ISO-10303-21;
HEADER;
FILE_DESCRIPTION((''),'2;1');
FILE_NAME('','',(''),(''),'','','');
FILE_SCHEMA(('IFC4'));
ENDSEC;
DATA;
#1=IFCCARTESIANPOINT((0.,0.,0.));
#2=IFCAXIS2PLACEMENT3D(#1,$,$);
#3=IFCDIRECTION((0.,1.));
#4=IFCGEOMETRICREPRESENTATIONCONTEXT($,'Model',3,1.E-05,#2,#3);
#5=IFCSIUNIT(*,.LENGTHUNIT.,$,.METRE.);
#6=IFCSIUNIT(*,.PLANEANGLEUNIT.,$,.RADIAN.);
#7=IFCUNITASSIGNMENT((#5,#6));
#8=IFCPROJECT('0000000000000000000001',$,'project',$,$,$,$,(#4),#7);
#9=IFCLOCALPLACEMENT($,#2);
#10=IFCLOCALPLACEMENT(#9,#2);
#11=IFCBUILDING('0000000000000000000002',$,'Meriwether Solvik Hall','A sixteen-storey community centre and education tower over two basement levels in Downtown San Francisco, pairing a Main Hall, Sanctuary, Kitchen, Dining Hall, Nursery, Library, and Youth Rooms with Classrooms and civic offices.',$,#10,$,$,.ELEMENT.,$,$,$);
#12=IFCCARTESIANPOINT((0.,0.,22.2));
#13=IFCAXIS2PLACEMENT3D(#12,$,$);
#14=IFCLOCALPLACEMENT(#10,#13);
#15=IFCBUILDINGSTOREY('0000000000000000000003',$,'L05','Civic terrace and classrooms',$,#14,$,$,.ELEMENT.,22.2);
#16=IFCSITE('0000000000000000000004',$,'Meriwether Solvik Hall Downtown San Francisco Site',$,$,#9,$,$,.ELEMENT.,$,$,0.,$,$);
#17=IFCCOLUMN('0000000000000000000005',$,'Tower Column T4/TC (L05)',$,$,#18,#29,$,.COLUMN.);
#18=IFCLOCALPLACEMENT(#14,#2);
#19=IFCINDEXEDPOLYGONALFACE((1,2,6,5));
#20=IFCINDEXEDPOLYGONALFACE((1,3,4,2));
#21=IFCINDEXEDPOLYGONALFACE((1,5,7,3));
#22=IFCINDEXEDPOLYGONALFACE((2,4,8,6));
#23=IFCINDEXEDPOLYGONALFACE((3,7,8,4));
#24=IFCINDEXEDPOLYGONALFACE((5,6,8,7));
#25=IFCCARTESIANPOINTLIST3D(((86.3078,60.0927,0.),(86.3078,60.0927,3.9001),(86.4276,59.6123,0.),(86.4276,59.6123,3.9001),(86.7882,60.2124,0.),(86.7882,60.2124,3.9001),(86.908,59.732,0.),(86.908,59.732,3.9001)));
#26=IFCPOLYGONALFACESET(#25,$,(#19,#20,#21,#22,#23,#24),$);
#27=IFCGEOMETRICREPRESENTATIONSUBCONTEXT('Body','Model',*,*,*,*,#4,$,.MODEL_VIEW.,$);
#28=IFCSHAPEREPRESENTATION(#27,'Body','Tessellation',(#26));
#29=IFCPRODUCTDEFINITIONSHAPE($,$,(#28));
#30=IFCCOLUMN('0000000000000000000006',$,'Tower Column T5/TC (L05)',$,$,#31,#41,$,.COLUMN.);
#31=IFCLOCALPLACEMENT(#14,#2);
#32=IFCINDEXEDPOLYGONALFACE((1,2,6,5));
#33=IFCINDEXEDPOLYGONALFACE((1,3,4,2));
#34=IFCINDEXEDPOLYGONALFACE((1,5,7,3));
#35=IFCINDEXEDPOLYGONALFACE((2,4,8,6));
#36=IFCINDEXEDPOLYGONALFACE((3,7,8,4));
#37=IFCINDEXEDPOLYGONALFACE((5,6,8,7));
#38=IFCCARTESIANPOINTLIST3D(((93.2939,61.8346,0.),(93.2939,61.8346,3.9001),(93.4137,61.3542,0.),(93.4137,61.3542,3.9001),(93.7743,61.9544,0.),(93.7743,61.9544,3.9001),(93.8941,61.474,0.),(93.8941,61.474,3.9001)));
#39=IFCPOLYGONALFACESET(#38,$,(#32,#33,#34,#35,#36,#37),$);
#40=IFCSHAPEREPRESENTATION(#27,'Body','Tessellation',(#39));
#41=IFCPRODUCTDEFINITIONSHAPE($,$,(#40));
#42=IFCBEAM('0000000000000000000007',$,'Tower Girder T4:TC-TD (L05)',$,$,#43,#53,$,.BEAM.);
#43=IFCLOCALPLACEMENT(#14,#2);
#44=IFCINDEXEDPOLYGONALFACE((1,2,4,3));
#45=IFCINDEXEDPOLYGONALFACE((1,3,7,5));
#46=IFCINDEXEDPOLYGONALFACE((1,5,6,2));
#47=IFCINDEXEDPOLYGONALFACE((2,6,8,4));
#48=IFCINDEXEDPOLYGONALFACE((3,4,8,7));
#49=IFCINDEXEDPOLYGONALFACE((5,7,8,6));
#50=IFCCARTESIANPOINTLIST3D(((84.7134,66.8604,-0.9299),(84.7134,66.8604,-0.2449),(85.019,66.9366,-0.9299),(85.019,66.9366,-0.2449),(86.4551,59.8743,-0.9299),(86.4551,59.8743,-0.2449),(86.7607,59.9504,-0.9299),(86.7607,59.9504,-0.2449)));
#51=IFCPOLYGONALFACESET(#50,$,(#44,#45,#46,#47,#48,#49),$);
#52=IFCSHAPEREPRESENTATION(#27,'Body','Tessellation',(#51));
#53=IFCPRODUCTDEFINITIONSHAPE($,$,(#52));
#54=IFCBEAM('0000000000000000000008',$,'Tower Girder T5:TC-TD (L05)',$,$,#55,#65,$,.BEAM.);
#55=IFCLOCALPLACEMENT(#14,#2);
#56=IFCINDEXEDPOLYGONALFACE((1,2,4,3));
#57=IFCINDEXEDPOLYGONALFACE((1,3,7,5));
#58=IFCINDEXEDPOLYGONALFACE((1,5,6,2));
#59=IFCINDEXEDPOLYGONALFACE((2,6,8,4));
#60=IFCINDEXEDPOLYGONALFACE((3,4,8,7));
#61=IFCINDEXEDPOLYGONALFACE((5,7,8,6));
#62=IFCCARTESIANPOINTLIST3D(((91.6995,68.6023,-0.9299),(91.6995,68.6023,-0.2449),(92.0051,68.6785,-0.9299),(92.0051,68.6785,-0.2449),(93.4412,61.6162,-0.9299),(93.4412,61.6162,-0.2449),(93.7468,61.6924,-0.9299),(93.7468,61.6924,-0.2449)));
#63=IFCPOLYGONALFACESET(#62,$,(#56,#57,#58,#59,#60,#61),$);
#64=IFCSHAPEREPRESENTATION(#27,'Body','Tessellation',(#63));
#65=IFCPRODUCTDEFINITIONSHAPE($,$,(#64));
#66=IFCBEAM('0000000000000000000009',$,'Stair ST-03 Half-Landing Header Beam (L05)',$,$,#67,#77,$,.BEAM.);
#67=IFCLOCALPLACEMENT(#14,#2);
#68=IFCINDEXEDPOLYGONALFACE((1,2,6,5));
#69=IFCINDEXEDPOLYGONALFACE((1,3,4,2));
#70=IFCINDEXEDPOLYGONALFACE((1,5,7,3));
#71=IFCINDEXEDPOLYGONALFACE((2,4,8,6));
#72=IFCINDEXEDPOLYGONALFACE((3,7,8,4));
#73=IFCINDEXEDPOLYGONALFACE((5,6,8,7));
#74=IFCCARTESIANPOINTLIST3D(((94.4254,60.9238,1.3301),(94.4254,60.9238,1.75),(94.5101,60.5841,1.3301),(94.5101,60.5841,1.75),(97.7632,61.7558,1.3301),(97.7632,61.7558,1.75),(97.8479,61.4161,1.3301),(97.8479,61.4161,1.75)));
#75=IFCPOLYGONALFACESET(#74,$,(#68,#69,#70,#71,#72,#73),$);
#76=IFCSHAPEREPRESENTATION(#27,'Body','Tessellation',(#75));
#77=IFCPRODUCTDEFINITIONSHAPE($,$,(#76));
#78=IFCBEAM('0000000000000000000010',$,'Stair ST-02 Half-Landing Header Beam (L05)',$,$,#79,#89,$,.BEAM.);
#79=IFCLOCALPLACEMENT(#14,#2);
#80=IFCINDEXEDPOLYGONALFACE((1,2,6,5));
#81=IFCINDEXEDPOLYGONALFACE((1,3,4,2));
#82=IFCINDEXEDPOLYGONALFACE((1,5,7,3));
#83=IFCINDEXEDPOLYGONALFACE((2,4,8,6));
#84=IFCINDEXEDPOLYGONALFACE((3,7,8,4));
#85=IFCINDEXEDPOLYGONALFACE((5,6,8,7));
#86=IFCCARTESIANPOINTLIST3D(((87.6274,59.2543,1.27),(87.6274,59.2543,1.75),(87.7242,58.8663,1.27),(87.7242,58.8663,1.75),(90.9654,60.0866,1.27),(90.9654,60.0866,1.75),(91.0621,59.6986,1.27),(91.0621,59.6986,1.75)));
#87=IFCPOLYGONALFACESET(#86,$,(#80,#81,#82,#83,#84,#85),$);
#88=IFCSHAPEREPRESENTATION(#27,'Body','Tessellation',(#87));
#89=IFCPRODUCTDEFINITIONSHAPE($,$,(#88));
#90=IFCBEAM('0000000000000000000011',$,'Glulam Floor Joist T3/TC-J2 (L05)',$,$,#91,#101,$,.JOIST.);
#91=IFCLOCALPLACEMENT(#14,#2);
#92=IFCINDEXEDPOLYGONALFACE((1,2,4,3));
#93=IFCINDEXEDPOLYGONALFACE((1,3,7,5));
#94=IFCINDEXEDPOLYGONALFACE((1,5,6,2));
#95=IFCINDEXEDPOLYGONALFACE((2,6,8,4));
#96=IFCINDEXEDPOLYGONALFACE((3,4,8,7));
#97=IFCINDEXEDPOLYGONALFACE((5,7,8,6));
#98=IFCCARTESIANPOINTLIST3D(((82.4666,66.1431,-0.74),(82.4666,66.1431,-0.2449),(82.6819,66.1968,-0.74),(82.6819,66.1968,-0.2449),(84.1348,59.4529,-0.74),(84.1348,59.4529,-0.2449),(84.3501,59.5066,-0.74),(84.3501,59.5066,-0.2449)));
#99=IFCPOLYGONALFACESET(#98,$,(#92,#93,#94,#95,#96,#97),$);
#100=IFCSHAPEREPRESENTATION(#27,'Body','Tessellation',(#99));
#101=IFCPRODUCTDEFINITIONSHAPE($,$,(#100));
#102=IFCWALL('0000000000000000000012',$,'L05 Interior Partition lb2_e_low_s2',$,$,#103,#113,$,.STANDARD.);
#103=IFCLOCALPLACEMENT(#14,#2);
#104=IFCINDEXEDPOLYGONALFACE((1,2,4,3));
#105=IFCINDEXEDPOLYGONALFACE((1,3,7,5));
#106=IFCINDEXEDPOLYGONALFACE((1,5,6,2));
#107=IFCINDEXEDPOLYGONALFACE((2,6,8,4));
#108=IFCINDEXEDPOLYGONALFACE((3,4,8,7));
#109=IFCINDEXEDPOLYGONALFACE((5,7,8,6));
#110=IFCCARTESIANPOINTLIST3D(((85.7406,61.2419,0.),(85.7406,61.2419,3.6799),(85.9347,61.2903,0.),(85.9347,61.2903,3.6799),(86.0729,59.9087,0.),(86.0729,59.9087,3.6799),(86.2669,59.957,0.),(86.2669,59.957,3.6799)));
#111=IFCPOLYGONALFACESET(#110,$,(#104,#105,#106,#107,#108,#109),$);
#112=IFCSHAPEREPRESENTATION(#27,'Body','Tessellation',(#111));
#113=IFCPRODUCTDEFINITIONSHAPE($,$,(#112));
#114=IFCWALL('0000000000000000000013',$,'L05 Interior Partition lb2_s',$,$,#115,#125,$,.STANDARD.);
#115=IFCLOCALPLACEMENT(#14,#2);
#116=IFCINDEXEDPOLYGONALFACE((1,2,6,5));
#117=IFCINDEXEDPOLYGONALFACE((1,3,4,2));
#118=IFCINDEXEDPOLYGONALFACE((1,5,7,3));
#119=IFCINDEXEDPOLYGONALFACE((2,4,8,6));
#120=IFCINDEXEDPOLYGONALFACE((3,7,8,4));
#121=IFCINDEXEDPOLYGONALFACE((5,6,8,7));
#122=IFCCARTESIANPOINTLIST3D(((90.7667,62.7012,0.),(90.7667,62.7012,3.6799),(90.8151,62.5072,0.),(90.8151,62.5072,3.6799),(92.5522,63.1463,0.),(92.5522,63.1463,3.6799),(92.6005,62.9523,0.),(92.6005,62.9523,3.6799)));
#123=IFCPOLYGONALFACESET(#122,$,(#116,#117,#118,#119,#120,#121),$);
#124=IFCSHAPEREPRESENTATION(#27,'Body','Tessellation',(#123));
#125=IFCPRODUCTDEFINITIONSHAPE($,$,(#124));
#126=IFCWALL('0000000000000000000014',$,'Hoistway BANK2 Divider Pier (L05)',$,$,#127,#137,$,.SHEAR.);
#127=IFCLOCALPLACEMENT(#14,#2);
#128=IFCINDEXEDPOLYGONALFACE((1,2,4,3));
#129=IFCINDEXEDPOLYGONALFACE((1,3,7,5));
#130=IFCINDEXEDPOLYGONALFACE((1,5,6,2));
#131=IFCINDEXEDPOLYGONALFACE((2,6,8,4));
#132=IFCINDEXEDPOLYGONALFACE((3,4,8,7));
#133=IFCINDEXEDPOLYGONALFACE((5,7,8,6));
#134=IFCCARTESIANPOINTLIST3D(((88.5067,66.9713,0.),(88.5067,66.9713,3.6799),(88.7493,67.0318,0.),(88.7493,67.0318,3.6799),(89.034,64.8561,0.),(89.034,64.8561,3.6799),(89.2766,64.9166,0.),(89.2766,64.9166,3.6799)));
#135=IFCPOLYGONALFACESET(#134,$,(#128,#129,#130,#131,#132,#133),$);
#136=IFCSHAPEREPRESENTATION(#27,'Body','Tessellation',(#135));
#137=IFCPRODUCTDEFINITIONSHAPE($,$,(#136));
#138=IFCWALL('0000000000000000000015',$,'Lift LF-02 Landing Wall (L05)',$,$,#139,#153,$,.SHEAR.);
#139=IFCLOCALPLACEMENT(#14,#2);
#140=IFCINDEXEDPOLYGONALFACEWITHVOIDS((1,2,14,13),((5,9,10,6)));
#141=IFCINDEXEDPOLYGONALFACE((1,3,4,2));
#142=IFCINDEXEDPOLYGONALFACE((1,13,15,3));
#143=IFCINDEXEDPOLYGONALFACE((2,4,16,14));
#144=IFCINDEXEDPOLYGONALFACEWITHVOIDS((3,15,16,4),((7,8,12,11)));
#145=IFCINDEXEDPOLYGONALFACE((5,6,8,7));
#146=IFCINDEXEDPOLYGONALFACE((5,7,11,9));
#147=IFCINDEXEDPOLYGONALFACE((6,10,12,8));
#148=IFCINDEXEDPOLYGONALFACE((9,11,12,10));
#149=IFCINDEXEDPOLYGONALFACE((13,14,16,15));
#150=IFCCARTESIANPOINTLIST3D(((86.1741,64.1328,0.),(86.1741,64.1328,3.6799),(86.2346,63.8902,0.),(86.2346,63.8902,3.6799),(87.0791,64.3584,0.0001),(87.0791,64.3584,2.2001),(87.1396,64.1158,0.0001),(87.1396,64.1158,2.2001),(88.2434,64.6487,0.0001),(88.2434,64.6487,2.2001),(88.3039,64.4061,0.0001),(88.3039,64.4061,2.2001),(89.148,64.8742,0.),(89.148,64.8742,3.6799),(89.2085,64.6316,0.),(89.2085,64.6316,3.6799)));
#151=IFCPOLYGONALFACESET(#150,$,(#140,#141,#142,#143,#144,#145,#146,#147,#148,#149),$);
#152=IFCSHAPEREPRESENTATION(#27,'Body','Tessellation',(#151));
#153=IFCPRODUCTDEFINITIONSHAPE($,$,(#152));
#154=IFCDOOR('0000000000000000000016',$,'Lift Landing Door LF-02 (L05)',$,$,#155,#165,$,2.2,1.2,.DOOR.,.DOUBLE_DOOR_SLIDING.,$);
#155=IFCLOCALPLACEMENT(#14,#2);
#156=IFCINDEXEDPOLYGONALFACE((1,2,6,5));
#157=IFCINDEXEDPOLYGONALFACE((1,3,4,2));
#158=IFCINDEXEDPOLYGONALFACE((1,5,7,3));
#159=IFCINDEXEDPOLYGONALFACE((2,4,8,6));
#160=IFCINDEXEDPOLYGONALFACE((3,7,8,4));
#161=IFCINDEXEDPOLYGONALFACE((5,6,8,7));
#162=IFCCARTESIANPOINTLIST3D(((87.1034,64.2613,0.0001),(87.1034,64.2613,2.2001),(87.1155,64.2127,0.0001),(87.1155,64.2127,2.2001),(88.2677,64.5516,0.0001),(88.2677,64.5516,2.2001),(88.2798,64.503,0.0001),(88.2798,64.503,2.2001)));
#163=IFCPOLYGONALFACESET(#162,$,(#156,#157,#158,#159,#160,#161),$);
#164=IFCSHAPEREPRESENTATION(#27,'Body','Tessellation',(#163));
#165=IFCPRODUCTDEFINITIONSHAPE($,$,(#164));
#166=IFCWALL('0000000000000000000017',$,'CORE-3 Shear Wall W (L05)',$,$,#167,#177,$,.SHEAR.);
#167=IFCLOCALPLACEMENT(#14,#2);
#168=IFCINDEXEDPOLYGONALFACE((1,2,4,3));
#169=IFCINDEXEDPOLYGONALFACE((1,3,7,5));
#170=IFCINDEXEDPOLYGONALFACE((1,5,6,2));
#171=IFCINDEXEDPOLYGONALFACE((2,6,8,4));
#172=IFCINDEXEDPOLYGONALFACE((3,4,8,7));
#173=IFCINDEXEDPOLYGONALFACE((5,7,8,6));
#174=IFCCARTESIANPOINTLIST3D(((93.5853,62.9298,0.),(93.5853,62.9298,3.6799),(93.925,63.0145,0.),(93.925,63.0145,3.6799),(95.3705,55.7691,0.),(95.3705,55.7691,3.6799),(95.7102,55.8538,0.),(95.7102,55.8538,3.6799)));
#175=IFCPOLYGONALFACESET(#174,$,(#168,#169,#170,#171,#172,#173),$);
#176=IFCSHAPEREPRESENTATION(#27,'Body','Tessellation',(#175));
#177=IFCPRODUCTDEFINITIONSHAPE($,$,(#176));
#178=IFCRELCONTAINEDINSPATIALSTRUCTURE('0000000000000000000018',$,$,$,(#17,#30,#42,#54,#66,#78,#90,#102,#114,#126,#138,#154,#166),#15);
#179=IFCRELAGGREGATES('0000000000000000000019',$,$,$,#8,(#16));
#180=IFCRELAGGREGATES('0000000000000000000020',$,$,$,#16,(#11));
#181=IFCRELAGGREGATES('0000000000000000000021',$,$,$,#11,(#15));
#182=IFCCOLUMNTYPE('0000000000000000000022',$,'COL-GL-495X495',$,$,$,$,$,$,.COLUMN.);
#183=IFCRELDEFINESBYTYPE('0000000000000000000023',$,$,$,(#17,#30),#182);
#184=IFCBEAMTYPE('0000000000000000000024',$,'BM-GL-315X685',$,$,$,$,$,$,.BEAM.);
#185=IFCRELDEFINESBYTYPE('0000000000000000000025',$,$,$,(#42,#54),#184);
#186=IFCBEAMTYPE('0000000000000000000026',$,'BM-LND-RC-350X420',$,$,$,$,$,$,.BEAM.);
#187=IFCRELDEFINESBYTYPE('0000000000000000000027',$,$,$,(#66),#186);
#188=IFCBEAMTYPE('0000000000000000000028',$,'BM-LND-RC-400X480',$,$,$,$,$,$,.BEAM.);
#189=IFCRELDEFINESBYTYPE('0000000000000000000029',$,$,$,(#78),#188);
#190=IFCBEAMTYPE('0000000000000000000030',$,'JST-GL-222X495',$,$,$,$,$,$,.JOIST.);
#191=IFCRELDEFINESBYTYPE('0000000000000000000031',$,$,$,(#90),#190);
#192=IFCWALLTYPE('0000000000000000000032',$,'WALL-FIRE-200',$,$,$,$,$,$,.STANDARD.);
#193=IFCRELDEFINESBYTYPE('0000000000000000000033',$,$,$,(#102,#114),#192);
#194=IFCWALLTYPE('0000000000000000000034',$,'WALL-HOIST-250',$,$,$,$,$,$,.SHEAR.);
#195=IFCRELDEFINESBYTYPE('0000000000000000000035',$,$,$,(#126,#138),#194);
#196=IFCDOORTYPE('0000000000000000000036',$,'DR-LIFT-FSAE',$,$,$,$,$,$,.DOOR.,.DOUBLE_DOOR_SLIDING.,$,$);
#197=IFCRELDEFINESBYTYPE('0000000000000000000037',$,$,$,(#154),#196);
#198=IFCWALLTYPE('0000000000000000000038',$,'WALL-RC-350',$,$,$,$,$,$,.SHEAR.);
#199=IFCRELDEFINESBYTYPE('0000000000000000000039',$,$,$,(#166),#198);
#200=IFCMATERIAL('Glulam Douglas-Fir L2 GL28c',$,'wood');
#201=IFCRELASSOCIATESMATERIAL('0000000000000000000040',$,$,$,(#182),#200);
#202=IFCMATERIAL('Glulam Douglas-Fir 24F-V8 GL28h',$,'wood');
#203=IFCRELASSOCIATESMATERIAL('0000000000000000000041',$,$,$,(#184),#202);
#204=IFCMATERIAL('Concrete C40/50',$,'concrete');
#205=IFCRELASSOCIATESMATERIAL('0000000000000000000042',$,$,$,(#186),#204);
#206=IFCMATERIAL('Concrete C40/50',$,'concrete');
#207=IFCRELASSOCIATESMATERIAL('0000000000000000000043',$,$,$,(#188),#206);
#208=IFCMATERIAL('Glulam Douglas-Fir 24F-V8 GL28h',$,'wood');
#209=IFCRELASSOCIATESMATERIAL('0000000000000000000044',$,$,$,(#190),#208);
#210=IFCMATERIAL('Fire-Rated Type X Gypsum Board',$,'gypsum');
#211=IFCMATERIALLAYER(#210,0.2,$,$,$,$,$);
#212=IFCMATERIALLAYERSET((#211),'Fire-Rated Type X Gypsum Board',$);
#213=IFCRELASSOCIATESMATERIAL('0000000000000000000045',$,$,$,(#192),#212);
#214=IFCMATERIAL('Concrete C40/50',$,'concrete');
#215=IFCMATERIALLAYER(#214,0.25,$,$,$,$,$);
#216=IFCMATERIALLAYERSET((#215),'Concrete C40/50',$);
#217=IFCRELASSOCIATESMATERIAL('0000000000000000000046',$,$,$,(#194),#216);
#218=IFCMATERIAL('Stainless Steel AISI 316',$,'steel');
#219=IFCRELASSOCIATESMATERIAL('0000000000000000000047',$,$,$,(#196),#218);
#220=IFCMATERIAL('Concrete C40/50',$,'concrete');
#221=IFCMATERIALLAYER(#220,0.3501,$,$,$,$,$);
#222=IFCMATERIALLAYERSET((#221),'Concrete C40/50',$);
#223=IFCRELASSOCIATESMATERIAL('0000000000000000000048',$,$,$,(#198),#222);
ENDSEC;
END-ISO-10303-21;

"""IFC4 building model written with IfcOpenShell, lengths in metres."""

from ifc_helpers import new_model, si_unit, direction, frame, frame_2d, origin, origin_2d, place, context, subcontext, project, spatial, rectangle, extrude, material, layer, layer_set, material_profile, profile_set, type_object, element, fill, save


model = new_model("IFC4")

# Units and contexts
model_context = context("Model", 3, precision=1e-05, world=origin(), true_north=direction((0.0, 1.0)))
body_context = subcontext(model_context, "Body", "Model", "MODEL_VIEW")
ifc_project = project(units=[si_unit("LENGTHUNIT", "METRE"), si_unit("PLANEANGLEUNIT", "RADIAN")], contexts=[model_context])

# Site, building, storey
site_placement = place(None, origin())
site = spatial("IfcSite", under=ifc_project, at=site_placement, Name="Meriwether Solvik Hall Downtown San Francisco Site", CompositionType="ELEMENT", RefElevation=0.0)
building_placement = place(site_placement, origin())
building = spatial("IfcBuilding", under=site, at=building_placement, Name="Meriwether Solvik Hall", Description="A sixteen-storey community centre and education tower over two basement levels in Downtown San Francisco, pairing a Main Hall, Sanctuary, Kitchen, Dining Hall, Nursery, Library, and Youth Rooms with Classrooms and civic offices.", CompositionType="ELEMENT")
storey_placement = place(building_placement, frame((0.0, 0.0, 22.2)))
storey = spatial("IfcBuildingStorey", under=building, at=storey_placement, Name="L05", Description="Civic terrace and classrooms", CompositionType="ELEMENT", Elevation=22.2)

# Columns
ifc_material_1 = material(Name="Glulam Douglas-Fir L2 GL28c", Category="wood")
ifc_material_profile_1 = material_profile(ifc_material_1, rectangle(XDim=0.4951, YDim=0.4951, at=origin_2d()), Name="GLC-495X495")
ifc_profile_set_1 = profile_set([ifc_material_profile_1], Name="Glulam Douglas-Fir L2 GL28c")
column_type = type_object("IfcColumnType", Name="COL-GL-495X495", PredefinedType="COLUMN", material=ifc_profile_set_1)
for number, where, z_axis, x_axis, name in (
    (1, (86.6079, 59.9124, 0.0), (0.0, 0.0, 1.0), (0.970296, 0.241922, 0.0), "Tower Column T4/TC (L05)"),
    (2, (93.594, 61.6543, 0.0), (0.0, 0.0, 1.0), (0.970296, 0.241922, 0.0), "Tower Column T5/TC (L05)"),
):
    element("IfcColumn", number, at=place(storey_placement, frame(where, z_axis=z_axis, x_axis=x_axis)), inside=storey, type_object=column_type, Name=name, PredefinedType="COLUMN", context=body_context, shape_type="SweptSolid", body=[
        extrude(rectangle(XDim=0.4951, YDim=0.4951, at=origin_2d()), origin(), (0.0, 0.0, 1.0), 3.9001),
    ])

# Beams
ifc_material_2 = material(Name="Glulam Douglas-Fir 24F-V8 GL28h", Category="wood")
ifc_material_profile_2 = material_profile(ifc_material_2, rectangle(XDim=0.3149, YDim=0.6851, at=origin_2d()), Name="GLB-315X685")
ifc_profile_set_2 = profile_set([ifc_material_profile_2], Name="Glulam Douglas-Fir 24F-V8 GL28h")
beam_type_1 = type_object("IfcBeamType", Name="BM-GL-315X685", PredefinedType="BEAM", material=ifc_profile_set_2)
for number, where, z_axis, x_axis, name in (
    (3, (86.6079, 59.9124, -0.5874), (-0.241905, 0.9703, 0.0), (-0.9703, -0.241905, 0.0), "Tower Girder T4:TC-TD (L05)"),
    (4, (93.594, 61.6543, -0.5874), (-0.241905, 0.9703, 0.0), (-0.9703, -0.241905, 0.0), "Tower Girder T5:TC-TD (L05)"),
):
    element("IfcBeam", number, at=place(storey_placement, frame(where, z_axis=z_axis, x_axis=x_axis)), inside=storey, type_object=beam_type_1, Name=name, PredefinedType="BEAM", context=body_context, shape_type="SweptSolid", body=[
        extrude(rectangle(XDim=0.3149, YDim=0.6851, at=origin_2d()), origin(), (0.0, 0.0, 1.0), 7.2),
    ])
ifc_material_3 = material(Name="Concrete C40/50", Category="concrete")
ifc_material_profile_3 = material_profile(ifc_material_3, rectangle(XDim=0.3501, YDim=0.4199, at=origin_2d()), Name="RCB-350X420")
ifc_profile_set_3 = profile_set([ifc_material_profile_3], Name="Concrete C40/50")
beam_type_2 = type_object("IfcBeamType", Name="BM-LND-RC-350X420", PredefinedType="BEAM", material=ifc_profile_set_3)
beam_1_placement = place(storey_placement, frame((94.4678, 60.7539, 1.54), z_axis=(0.970309, 0.241868, 0.0), x_axis=(-0.241868, 0.970309, 0.0)))
element("IfcBeam", 5, at=beam_1_placement, inside=storey, type_object=beam_type_2, Name="Stair ST-03 Half-Landing Header Beam (L05)", PredefinedType="BEAM", context=body_context, shape_type="SweptSolid", body=[
    extrude(rectangle(XDim=0.3501, YDim=0.4199, at=origin_2d()), origin(), (0.0, 0.0, 1.0), 3.4399),
])
ifc_material_4 = material(Name="Concrete C40/50", Category="concrete")
ifc_material_profile_4 = material_profile(ifc_material_4, rectangle(XDim=0.3999, YDim=0.48, at=origin_2d()), Name="RCB-400X480")
ifc_profile_set_4 = profile_set([ifc_material_profile_4], Name="Concrete C40/50")
beam_type_3 = type_object("IfcBeamType", Name="BM-LND-RC-400X480", PredefinedType="BEAM", material=ifc_profile_set_4)
beam_2_placement = place(storey_placement, frame((87.6758, 59.0603, 1.51), z_axis=(0.970293, 0.241934, 0.0), x_axis=(-0.241934, 0.970293, 0.0)))
element("IfcBeam", 6, at=beam_2_placement, inside=storey, type_object=beam_type_3, Name="Stair ST-02 Half-Landing Header Beam (L05)", PredefinedType="BEAM", context=body_context, shape_type="SweptSolid", body=[
    extrude(rectangle(XDim=0.3999, YDim=0.48, at=origin_2d()), origin(), (0.0, 0.0, 1.0), 3.4402),
])
ifc_material_5 = material(Name="Glulam Douglas-Fir 24F-V8 GL28h", Category="wood")
ifc_material_profile_5 = material_profile(ifc_material_5, rectangle(XDim=0.2219, YDim=0.4951, at=origin_2d()), Name="GLJ-222X495")
ifc_profile_set_5 = profile_set([ifc_material_profile_5], Name="Glulam Douglas-Fir 24F-V8 GL28h")
beam_type_4 = type_object("IfcBeamType", Name="JST-GL-222X495", PredefinedType="JOIST", material=ifc_profile_set_5)
beam_3_placement = place(storey_placement, frame((84.2424, 59.4797, -0.4924), z_axis=(-0.241944, 0.97029, 0.0), x_axis=(-0.97029, -0.241944, 0.0)))
element("IfcBeam", 7, at=beam_3_placement, inside=storey, type_object=beam_type_4, Name="Glulam Floor Joist T3/TC-J2 (L05)", PredefinedType="JOIST", context=body_context, shape_type="SweptSolid", body=[
    extrude(rectangle(XDim=0.2219, YDim=0.4951, at=origin_2d()), origin(), (0.0, 0.0, 1.0), 6.895),
])

# Walls
ifc_material_6 = material(Name="Fire-Rated Type X Gypsum Board", Category="gypsum")
ifc_layer_1 = layer(ifc_material_6, 0.2)
ifc_layer_set_1 = layer_set([ifc_layer_1], Name="Fire-Rated Type X Gypsum Board")
wall_type_1 = type_object("IfcWallType", Name="WALL-FIRE-200", PredefinedType="STANDARD", material=ifc_layer_set_1)
wall_1_placement = place(storey_placement, frame((86.1699, 59.9329, 0.0), z_axis=(0.0, 0.0, 1.0), x_axis=(-0.241825, 0.97032, 0.0)))
element("IfcWall", 8, at=wall_1_placement, inside=storey, type_object=wall_type_1, Name="L05 Interior Partition lb2_e_low_s2", PredefinedType="STANDARD", context=body_context, shape_type="SweptSolid", body=[
    extrude(rectangle(XDim=1.374, YDim=0.2, at=frame_2d((0.687, 0.0))), origin(), (0.0, 0.0, 1.0), 3.6799),
])
wall_2_placement = place(storey_placement, frame((90.791, 62.6042, 0.0), z_axis=(0.0, 0.0, 1.0), x_axis=(0.970306, 0.24188, 0.0)))
element("IfcWall", 9, at=wall_2_placement, inside=storey, type_object=wall_type_1, Name="L05 Interior Partition lb2_s", PredefinedType="STANDARD", context=body_context, shape_type="SweptSolid", body=[
    extrude(rectangle(XDim=1.8401, YDim=0.2, at=frame_2d((0.9199, 0.0))), origin(), (0.0, 0.0, 1.0), 3.6799),
])
ifc_material_7 = material(Name="Concrete C40/50", Category="concrete")
ifc_layer_2 = layer(ifc_material_7, 0.25)
ifc_layer_set_2 = layer_set([ifc_layer_2], Name="Concrete C40/50")
wall_type_2 = type_object("IfcWallType", Name="WALL-HOIST-250", PredefinedType="SHEAR", material=ifc_layer_set_2)
wall_3_placement = place(storey_placement, frame((89.1553, 64.8865, 0.0), z_axis=(0.0, 0.0, 1.0), x_axis=(-0.241903, 0.9703, 0.0)))
element("IfcWall", 10, at=wall_3_placement, inside=storey, type_object=wall_type_2, Name="Hoistway BANK2 Divider Pier (L05)", PredefinedType="SHEAR", context=body_context, shape_type="SweptSolid", body=[
    extrude(rectangle(XDim=2.1799, YDim=0.25, at=frame_2d((1.0898, 0.0))), origin(), (0.0, 0.0, 1.0), 3.6799),
])

# Wall, opening, door
wall_4_placement = place(storey_placement, frame((86.2043, 64.0115, 0.0), z_axis=(0.0, 0.0, 1.0), x_axis=(0.970297, 0.241917, 0.0)))
wall_4 = element("IfcWall", 11, at=wall_4_placement, inside=storey, type_object=wall_type_2, Name="Lift LF-02 Landing Wall (L05)", PredefinedType="SHEAR", context=body_context, shape_type="SweptSolid", body=[
    extrude(rectangle(XDim=3.0649, YDim=0.25, at=frame_2d((1.5325, 0.0))), origin(), (0.0, 0.0, 1.0), 3.6799),
])
opening_1_placement = place(wall_4_placement, frame((0.9326, 0.0, 0.0)))
opening_1 = element("IfcOpeningElement", 12, at=opening_1_placement, cuts=wall_4, PredefinedType="OPENING", context=body_context, shape_type="SweptSolid", body=[
    extrude(rectangle(XDim=1.2, YDim=2.2, at=frame_2d((0.6001, 1.1001))), frame((0.0, 0.137, 0.0), z_axis=(0.0, -1.0, 0.0), x_axis=(1.0, 0.0, 0.0)), (0.0, 0.0, 1.0), 0.2739),
])
ifc_material_8 = material(Name="Stainless Steel AISI 316", Category="steel")
door_type_1 = type_object("IfcDoorType", Name="DR-LIFT-FSAE", OperationType="DOUBLE_DOOR_SLIDING", PredefinedType="DOOR", material=ifc_material_8)
door_1_placement = place(opening_1_placement, origin())
door_1 = element("IfcDoor", 13, at=door_1_placement, inside=storey, type_object=door_type_1, Name="Lift Landing Door LF-02 (L05)", OperationType="DOUBLE_DOOR_SLIDING", OverallHeight=2.2, OverallWidth=1.2, PredefinedType="DOOR", context=body_context, shape_type="SweptSolid", body=[
    extrude(rectangle(XDim=1.2, YDim=2.2, at=frame_2d((0.6001, 1.1001))), frame((0.0, 0.0249, 0.0), z_axis=(0.0, -1.0, 0.0), x_axis=(1.0, 0.0, 0.0)), (0.0, 0.0, 1.0), 0.05),
])
fill(opening_1, door_1)

# Wall
ifc_material_9 = material(Name="Concrete C40/50", Category="concrete")
ifc_layer_3 = layer(ifc_material_9, 0.3501)
ifc_layer_set_3 = layer_set([ifc_layer_3], Name="Concrete C40/50")
wall_type_3 = type_object("IfcWallType", Name="WALL-RC-350", PredefinedType="SHEAR", material=ifc_layer_set_3)
wall_5_placement = place(storey_placement, frame((93.7551, 62.9722, 0.0), z_axis=(0.0, 0.0, 1.0), x_axis=(0.241897, -0.970302, 0.0)))
element("IfcWall", 14, at=wall_5_placement, inside=storey, type_object=wall_type_3, Name="CORE-3 Shear Wall W (L05)", PredefinedType="SHEAR", context=body_context, shape_type="SweptSolid", body=[
    extrude(rectangle(XDim=7.3799, YDim=0.3501, at=frame_2d((3.6899, 0.0))), origin(), (0.0, 0.0, 1.0), 3.6799),
])

save(model, "model.ifc")
